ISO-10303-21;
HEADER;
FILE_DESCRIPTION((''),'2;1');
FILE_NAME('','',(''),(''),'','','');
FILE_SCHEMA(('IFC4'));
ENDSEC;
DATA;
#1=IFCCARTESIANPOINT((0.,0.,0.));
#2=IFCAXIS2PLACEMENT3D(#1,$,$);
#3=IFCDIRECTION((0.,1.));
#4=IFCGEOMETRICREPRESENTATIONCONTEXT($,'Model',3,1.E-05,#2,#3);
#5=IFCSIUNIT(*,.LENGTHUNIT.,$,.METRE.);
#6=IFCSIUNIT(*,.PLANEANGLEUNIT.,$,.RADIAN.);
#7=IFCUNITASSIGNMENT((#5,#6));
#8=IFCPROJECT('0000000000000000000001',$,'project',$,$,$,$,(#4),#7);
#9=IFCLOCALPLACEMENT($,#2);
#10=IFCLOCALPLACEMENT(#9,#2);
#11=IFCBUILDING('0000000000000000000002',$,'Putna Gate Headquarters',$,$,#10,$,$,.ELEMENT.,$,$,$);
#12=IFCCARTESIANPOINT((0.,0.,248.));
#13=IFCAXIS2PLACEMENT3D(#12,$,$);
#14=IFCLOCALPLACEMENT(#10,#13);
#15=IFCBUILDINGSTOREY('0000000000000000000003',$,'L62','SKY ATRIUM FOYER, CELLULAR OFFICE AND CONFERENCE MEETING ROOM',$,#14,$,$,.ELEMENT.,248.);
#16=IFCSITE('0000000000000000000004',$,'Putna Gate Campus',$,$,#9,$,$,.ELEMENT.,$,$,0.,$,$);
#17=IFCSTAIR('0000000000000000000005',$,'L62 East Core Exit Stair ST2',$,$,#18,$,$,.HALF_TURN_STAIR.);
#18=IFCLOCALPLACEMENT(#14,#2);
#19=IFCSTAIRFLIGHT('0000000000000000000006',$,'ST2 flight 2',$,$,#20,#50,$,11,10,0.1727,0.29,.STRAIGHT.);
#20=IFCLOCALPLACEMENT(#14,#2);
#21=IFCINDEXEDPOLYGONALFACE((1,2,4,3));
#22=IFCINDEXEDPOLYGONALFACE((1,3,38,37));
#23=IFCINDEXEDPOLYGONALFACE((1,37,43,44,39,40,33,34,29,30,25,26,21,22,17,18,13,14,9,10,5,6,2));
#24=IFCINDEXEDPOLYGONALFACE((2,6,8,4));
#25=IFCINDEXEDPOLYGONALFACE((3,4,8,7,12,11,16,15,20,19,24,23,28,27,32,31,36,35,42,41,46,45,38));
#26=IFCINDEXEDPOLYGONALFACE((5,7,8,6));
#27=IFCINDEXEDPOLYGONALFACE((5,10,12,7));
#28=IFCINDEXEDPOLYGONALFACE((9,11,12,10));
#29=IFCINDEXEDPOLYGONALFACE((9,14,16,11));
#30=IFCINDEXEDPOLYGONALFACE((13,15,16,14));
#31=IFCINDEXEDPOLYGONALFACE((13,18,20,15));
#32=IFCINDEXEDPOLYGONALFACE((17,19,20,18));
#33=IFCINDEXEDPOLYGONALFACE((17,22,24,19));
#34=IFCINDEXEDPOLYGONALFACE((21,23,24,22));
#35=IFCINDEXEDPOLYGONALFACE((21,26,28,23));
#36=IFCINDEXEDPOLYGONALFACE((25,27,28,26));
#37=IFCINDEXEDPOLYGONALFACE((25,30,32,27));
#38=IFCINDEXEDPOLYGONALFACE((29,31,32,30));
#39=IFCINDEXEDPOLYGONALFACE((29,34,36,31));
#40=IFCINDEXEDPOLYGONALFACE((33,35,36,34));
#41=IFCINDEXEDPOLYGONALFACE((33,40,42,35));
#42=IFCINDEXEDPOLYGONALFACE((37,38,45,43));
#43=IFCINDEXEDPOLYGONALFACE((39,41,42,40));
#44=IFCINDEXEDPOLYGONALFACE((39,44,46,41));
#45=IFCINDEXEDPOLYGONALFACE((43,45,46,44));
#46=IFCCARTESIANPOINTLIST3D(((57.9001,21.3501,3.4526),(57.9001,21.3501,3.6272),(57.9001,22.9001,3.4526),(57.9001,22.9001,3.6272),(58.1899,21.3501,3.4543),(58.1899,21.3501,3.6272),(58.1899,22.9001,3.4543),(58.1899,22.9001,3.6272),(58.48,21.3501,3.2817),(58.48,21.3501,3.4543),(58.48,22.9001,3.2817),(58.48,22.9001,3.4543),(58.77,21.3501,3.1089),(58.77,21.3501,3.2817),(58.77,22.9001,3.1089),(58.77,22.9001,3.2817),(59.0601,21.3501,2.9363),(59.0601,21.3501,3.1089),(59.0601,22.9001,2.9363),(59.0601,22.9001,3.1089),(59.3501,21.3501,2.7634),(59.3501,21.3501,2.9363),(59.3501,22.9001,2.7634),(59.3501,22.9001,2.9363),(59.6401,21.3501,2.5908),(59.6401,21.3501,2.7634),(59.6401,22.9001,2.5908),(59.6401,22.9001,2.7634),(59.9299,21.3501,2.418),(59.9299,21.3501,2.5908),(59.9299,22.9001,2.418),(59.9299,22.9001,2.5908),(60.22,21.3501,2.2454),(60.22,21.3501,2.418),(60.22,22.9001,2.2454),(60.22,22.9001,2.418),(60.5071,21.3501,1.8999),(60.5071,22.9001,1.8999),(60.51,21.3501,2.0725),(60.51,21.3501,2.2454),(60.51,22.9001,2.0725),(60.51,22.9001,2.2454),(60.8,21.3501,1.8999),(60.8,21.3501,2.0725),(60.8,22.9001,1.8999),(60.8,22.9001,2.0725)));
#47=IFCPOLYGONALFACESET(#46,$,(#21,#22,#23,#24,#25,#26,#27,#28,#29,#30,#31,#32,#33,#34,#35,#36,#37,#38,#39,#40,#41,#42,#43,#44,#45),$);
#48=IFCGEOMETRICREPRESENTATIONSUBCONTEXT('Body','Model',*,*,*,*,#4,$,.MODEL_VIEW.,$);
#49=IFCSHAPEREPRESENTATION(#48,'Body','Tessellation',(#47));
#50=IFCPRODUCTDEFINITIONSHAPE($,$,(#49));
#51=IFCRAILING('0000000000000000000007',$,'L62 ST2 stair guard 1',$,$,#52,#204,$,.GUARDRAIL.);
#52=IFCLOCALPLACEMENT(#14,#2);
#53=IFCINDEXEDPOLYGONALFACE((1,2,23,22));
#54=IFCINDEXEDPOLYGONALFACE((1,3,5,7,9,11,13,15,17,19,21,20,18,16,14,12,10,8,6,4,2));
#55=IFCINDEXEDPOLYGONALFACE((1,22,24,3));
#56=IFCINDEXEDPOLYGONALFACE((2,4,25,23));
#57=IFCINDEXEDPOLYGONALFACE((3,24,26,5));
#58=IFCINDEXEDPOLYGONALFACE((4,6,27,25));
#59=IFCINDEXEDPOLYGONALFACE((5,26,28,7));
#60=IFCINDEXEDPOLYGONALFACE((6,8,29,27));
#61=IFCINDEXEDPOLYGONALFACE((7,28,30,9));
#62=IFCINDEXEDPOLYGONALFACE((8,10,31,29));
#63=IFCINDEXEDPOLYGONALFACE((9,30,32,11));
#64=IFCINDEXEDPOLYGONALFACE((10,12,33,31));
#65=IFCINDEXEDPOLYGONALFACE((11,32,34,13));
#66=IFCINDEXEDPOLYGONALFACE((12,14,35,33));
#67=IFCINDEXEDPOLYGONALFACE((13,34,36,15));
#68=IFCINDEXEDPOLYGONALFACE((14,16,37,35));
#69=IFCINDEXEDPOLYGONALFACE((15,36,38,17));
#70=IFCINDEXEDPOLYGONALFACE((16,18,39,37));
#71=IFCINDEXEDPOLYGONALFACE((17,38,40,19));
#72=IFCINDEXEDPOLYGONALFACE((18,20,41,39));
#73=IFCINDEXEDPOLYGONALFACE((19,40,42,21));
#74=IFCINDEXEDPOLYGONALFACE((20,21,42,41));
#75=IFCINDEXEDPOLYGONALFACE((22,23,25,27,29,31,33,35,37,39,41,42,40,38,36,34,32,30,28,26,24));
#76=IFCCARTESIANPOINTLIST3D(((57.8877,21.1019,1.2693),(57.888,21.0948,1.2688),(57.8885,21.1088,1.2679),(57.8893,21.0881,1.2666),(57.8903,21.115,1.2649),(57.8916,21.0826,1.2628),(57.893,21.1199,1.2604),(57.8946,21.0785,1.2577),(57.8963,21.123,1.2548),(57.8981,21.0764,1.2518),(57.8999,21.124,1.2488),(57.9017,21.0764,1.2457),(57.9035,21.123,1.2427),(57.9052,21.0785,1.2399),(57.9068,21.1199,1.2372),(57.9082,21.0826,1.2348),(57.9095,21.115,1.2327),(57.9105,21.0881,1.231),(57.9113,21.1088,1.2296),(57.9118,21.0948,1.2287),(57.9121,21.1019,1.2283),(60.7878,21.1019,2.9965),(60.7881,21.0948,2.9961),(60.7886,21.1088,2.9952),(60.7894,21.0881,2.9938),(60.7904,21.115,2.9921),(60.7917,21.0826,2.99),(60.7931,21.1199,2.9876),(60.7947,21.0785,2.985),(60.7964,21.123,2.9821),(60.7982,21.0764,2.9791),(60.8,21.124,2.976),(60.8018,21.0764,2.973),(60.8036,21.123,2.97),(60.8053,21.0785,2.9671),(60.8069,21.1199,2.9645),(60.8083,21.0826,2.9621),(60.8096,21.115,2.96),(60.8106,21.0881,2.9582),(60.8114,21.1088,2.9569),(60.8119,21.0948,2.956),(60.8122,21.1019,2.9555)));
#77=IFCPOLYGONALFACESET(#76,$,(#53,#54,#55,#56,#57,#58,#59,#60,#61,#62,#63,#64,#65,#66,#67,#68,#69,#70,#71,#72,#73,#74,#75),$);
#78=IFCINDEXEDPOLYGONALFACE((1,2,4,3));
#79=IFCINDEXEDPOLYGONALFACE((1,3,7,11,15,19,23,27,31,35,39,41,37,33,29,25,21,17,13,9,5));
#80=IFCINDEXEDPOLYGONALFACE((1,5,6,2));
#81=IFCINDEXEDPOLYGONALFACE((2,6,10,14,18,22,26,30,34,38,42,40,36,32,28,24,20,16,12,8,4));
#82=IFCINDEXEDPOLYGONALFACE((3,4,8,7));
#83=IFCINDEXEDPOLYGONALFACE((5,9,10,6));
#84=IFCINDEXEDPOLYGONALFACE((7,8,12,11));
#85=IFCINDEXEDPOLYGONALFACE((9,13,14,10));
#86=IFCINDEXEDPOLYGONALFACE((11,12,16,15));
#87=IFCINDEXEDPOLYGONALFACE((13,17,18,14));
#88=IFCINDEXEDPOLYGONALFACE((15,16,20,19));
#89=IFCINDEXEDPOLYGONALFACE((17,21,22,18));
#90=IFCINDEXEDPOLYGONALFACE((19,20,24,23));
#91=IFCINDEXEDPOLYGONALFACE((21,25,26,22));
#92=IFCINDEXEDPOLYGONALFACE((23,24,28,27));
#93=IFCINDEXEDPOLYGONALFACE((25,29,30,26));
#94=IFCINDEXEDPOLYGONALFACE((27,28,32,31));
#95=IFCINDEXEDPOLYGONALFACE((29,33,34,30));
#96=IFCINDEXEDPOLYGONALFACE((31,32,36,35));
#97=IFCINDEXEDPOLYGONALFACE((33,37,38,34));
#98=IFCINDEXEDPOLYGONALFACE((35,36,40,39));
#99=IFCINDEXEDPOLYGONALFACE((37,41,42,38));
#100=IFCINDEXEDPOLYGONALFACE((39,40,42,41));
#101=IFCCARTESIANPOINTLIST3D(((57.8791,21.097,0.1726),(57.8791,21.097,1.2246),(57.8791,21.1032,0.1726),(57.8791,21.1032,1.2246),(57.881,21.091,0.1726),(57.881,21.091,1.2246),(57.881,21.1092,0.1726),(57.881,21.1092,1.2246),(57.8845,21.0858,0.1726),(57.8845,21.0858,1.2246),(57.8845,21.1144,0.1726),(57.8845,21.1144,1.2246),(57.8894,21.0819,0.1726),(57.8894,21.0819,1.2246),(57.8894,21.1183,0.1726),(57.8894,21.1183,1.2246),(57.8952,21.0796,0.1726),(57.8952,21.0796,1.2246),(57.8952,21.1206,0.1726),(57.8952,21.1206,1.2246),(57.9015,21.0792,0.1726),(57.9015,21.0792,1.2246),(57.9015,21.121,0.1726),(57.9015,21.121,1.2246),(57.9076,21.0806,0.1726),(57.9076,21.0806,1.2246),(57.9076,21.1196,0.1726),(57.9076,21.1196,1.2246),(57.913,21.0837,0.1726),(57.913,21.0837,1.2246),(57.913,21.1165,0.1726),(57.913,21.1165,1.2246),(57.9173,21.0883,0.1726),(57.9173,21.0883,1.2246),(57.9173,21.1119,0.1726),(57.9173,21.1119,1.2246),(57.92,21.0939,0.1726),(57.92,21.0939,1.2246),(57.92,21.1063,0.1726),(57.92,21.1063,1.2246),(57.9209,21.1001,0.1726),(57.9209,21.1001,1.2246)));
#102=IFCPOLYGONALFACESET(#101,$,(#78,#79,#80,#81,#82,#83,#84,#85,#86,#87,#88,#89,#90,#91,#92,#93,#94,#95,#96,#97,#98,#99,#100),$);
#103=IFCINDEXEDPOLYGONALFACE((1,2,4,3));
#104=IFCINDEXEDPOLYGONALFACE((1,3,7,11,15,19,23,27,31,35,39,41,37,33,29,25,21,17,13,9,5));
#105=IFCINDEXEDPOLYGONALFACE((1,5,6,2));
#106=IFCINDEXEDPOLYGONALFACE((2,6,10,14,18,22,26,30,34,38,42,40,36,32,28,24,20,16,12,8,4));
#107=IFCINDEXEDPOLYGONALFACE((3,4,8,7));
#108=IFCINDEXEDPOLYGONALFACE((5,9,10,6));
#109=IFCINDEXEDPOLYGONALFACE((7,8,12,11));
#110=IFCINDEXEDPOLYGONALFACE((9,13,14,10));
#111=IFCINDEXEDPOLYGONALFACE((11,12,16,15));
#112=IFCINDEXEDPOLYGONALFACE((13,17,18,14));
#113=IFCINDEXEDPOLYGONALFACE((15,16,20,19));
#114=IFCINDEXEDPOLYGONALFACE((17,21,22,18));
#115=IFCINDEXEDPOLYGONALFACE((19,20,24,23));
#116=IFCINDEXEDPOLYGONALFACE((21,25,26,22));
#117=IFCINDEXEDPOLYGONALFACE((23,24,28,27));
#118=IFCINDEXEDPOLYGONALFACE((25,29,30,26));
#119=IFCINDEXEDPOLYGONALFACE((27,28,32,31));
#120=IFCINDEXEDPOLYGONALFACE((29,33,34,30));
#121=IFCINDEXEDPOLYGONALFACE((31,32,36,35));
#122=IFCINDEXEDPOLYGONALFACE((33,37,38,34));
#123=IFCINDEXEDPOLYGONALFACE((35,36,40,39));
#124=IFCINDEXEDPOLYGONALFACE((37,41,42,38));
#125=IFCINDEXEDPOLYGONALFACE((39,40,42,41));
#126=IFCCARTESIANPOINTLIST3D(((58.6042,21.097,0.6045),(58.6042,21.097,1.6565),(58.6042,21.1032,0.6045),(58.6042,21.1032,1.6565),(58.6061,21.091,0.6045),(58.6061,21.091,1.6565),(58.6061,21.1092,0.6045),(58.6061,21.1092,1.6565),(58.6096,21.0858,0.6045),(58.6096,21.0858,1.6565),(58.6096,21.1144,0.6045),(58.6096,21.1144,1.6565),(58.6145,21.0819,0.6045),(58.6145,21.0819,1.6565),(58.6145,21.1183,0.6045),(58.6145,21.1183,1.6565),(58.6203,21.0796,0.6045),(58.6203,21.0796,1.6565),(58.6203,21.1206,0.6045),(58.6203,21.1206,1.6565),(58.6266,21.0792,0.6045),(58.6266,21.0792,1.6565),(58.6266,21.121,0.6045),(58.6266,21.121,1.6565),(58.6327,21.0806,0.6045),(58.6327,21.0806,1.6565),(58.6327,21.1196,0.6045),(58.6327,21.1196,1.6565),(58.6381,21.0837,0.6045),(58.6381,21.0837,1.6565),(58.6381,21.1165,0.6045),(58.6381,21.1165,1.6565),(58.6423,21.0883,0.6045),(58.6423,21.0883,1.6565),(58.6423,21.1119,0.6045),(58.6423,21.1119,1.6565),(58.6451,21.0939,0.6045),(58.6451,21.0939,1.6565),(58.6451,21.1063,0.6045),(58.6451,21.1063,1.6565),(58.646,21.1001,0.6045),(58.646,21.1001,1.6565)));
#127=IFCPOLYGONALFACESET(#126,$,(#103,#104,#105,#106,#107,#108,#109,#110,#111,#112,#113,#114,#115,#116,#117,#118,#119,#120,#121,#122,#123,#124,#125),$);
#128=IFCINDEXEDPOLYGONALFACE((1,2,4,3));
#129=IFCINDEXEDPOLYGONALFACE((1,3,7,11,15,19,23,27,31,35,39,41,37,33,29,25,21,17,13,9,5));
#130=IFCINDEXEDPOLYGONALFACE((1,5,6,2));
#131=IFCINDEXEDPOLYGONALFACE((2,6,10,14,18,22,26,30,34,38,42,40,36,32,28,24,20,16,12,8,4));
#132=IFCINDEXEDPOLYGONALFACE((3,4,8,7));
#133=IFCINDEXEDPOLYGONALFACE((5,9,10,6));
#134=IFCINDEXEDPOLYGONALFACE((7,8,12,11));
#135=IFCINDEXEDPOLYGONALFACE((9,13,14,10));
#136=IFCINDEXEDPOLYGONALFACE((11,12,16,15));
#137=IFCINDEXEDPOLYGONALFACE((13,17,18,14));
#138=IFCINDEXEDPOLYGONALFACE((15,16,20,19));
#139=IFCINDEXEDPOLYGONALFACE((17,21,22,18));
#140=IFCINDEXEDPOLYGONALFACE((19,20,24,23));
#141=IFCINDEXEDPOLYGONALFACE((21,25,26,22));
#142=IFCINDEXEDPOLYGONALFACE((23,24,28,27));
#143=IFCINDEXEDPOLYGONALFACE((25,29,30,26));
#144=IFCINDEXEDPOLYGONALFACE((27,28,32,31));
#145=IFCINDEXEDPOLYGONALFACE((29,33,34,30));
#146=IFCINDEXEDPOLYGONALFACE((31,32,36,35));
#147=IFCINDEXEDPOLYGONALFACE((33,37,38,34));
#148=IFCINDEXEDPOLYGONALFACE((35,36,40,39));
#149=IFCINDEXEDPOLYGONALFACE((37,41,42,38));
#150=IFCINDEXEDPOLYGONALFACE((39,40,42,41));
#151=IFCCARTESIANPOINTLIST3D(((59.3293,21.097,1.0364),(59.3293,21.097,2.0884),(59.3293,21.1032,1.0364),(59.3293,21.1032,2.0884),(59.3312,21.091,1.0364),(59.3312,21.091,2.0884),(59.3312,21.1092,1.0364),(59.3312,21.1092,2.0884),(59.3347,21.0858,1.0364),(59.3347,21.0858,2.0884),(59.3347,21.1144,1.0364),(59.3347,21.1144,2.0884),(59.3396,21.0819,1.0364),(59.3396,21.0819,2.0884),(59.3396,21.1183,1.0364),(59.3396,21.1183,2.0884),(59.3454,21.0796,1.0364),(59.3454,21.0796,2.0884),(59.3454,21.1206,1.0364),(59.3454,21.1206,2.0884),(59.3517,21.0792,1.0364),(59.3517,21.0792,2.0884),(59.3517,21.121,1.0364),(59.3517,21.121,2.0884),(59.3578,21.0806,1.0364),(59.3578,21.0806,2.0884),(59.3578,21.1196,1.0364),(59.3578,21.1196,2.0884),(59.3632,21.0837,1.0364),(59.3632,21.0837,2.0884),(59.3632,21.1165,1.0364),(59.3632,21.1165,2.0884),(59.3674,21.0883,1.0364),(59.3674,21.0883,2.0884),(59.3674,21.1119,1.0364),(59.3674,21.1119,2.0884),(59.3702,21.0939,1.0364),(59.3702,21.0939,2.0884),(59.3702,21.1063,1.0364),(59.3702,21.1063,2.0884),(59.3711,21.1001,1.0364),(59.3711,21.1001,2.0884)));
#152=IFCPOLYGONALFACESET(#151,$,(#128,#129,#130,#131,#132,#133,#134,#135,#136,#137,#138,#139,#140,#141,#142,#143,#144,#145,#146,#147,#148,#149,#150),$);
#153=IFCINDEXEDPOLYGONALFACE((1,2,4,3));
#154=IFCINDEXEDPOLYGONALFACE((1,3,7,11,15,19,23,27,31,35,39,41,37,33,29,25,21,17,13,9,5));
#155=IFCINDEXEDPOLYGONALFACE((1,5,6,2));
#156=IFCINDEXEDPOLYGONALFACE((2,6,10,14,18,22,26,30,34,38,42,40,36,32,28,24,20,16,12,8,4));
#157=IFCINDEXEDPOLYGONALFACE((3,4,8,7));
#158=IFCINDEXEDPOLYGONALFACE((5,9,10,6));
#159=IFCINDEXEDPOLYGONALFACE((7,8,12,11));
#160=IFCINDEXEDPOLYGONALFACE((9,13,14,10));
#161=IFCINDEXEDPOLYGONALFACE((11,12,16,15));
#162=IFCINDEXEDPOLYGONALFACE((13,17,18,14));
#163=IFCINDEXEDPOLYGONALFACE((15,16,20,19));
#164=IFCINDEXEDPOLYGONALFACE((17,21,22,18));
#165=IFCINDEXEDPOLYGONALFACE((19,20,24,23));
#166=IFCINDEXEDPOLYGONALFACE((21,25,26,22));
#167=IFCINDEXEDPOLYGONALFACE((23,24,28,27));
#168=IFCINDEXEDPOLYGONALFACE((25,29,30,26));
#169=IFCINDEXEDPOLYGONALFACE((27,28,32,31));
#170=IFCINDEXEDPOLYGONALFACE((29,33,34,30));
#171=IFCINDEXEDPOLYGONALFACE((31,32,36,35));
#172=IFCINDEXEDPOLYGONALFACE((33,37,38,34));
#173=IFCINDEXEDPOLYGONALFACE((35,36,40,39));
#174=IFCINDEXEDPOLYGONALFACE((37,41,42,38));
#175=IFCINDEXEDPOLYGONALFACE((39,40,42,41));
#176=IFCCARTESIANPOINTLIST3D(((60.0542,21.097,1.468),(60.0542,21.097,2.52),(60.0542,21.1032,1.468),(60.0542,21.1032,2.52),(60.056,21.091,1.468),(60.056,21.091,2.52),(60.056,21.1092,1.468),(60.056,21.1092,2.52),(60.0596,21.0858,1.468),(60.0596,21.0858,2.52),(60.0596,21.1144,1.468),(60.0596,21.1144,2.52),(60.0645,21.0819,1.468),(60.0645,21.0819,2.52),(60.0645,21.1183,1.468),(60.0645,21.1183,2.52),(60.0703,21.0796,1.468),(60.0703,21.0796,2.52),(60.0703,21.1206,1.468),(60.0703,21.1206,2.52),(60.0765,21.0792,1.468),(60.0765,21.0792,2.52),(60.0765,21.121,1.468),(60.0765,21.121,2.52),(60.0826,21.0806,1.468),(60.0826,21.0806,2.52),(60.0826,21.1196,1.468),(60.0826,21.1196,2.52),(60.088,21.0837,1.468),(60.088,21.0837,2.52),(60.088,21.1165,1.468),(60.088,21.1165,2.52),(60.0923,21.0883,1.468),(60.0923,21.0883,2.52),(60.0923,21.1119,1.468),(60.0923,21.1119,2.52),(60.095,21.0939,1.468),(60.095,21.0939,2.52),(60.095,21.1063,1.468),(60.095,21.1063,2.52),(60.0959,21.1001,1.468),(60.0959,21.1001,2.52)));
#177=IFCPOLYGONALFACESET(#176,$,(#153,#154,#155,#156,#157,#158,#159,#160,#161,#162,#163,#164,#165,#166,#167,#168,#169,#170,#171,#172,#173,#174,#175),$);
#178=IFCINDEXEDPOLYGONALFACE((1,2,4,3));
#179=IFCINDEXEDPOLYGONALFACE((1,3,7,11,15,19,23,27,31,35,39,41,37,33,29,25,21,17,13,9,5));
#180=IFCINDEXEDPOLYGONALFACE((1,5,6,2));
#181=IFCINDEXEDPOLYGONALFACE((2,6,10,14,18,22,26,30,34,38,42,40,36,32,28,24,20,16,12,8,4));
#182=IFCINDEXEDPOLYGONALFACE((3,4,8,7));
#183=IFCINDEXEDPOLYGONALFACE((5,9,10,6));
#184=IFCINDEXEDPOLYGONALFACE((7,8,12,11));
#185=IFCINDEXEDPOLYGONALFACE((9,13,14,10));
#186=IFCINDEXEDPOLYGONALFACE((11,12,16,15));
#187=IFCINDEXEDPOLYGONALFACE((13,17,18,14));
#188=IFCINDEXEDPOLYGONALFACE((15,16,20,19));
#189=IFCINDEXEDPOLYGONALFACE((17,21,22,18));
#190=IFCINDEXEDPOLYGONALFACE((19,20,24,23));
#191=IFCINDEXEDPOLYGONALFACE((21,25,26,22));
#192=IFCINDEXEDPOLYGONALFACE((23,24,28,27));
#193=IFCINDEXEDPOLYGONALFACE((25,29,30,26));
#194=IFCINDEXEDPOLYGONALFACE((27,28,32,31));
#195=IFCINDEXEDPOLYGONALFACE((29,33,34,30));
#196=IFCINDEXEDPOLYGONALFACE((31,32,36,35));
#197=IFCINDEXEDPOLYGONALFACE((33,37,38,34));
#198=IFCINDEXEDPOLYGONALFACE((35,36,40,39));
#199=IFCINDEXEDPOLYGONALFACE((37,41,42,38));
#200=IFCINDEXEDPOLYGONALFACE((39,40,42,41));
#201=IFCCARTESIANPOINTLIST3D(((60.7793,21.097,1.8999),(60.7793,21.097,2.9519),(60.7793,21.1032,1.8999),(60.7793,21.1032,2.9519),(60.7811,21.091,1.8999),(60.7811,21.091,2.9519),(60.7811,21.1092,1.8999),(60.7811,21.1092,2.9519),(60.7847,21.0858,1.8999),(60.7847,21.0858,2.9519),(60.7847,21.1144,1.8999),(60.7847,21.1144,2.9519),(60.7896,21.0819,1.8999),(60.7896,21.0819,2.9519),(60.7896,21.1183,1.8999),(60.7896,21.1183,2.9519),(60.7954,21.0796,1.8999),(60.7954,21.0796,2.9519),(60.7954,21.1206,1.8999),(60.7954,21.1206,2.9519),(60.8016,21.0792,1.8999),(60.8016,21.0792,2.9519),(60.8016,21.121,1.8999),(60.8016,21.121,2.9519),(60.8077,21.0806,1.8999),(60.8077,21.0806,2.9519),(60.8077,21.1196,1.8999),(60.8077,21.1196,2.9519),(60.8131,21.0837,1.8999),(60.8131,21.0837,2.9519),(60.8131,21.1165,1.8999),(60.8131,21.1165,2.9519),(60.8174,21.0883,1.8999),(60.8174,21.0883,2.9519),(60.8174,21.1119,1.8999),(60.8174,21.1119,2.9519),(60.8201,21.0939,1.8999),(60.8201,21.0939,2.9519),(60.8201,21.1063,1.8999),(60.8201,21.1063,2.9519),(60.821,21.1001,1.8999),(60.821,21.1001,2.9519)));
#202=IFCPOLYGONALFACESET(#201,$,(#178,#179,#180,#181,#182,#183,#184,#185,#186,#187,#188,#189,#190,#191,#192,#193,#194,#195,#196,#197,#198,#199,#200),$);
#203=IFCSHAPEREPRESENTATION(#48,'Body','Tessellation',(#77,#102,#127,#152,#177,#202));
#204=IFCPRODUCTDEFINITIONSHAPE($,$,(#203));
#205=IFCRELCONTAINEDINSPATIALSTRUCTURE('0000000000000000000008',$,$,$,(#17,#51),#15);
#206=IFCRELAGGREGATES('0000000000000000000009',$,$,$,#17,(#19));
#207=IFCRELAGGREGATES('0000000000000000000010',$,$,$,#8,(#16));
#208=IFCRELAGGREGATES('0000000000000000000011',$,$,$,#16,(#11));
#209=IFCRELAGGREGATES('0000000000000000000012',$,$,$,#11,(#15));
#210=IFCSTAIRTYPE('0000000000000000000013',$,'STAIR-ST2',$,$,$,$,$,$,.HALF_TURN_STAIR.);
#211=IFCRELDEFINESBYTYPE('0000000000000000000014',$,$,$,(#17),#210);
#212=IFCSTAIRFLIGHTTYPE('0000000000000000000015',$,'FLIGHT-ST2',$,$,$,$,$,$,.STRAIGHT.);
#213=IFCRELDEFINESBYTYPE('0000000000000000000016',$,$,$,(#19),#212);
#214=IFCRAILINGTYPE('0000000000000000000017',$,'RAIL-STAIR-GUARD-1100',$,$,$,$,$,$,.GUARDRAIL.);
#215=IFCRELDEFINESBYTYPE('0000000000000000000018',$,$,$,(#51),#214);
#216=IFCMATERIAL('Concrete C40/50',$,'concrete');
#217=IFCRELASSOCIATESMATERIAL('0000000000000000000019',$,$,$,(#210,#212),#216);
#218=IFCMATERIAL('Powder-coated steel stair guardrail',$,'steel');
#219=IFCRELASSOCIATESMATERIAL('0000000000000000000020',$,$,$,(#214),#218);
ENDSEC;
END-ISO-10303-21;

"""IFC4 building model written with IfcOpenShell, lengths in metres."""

from ifc_helpers import new_model, si_unit, direction, frame, origin, origin_2d, place, context, subcontext, project, spatial, polyline, circle, outline, extrude, material, type_object, element, aggregate, save


model = new_model("IFC4")

# Units and contexts
model_context = context("Model", 3, precision=1e-05, world=origin(), true_north=direction((0.0, 1.0)))
body_context = subcontext(model_context, "Body", "Model", "MODEL_VIEW")
ifc_project = project(units=[si_unit("LENGTHUNIT", "METRE"), si_unit("PLANEANGLEUNIT", "RADIAN")], contexts=[model_context])

# Site, building, storey
site_placement = place(None, origin())
site = spatial("IfcSite", under=ifc_project, at=site_placement, Name="Putna Gate Campus", CompositionType="ELEMENT", RefElevation=0.0)
building_placement = place(site_placement, origin())
building = spatial("IfcBuilding", under=site, at=building_placement, Name="Putna Gate Headquarters", CompositionType="ELEMENT")
storey_placement = place(building_placement, frame((0.0, 0.0, 248.0)))
storey = spatial("IfcBuildingStorey", under=building, at=storey_placement, Name="L62", Description="SKY ATRIUM FOYER, CELLULAR OFFICE AND CONFERENCE MEETING ROOM", CompositionType="ELEMENT", Elevation=248.0)

# Shared definitions
ifc_material_1 = material(Name="Concrete C40/50", Category="concrete")

# Stair, stair flight
stair_type = type_object("IfcStairType", Name="STAIR-ST2", PredefinedType="HALF_TURN_STAIR", material=ifc_material_1)
stair_placement = place(storey_placement, origin())
stair = element("IfcStair", 1, at=stair_placement, inside=storey, type_object=stair_type, Name="L62 East Core Exit Stair ST2", PredefinedType="HALF_TURN_STAIR")
stair_flight_type = type_object("IfcStairFlightType", Name="FLIGHT-ST2", PredefinedType="STRAIGHT", material=ifc_material_1)
stair_flight_1_placement = place(storey_placement, frame((60.8, 22.125, 1.8999), z_axis=(0.0, 0.0, 1.0), x_axis=(-1.0, 0.0, 0.0)))
stair_flight_1 = element("IfcStairFlight", 2, at=stair_flight_1_placement, type_object=stair_flight_type, Name="ST2 flight 2", NumberOfRisers=11, NumberOfTreads=10, PredefinedType="STRAIGHT", RiserHeight=0.1727, TreadLength=0.29, context=body_context, shape_type="SweptSolid", body=[
    extrude(outline(polyline([(0.0, 0.0), (0.0, 0.1726), (0.29, 0.1726), (0.29, 0.3455), (0.5801, 0.3455), (0.5801, 0.5181), (0.8701, 0.5181), (0.8701, 0.6909), (1.1599, 0.6909), (1.1599, 0.8635), (1.45, 0.8635), (1.45, 1.0364), (1.74, 1.0364), (1.74, 1.209), (2.03, 1.209), (2.03, 1.3818), (2.3201, 1.3818), (2.3201, 1.5544), (2.6101, 1.5544), (2.6101, 1.7273), (2.8999, 1.7273), (2.8999, 1.8999), (2.8999, 1.5527), (0.293, 0.0), (0.0, 0.0)])), frame((0.0, 0.7749, 0.0), z_axis=(0.0, -1.0, 0.0), x_axis=(1.0, 0.0, 0.0)), (0.0, 0.0, 1.0), 1.55),
])
aggregate(stair, [stair_flight_1])

# Railing
ifc_material_2 = material(Name="Powder-coated steel stair guardrail", Category="steel")
railing_type_1 = type_object("IfcRailingType", Name="RAIL-STAIR-GUARD-1100", PredefinedType="GUARDRAIL", material=ifc_material_2)
railing_1_placement = place(storey_placement, frame((57.8999, 21.1001, 0.1726)))
element("IfcRailing", 3, at=railing_1_placement, inside=storey, type_object=railing_type_1, Name="L62 ST2 stair guard 1", PredefinedType="GUARDRAIL", context=body_context, shape_type="SweptSolid", body=[
    extrude(circle(Radius=0.0239, at=origin_2d()), frame((0.0, 0.0, 1.0762), z_axis=(0.85916, 0.0, 0.511706), x_axis=(0.0, 1.0, 0.0)), (0.0, 0.0, 1.0), 3.3755),
    extrude(circle(Radius=0.021, at=origin_2d()), origin(), (0.0, 0.0, 1.0), 1.052),
    extrude(circle(Radius=0.021, at=origin_2d()), frame((0.7251, 0.0, 0.4319)), (0.0, 0.0, 1.0), 1.052),
    extrude(circle(Radius=0.021, at=origin_2d()), frame((1.4502, 0.0, 0.8638)), (0.0, 0.0, 1.0), 1.052),
    extrude(circle(Radius=0.021, at=origin_2d()), frame((2.175, 0.0, 1.2954)), (0.0, 0.0, 1.0), 1.052),
    extrude(circle(Radius=0.021, at=origin_2d()), frame((2.9001, 0.0, 1.7273)), (0.0, 0.0, 1.0), 1.052),
])

save(model, "model.ifc")
